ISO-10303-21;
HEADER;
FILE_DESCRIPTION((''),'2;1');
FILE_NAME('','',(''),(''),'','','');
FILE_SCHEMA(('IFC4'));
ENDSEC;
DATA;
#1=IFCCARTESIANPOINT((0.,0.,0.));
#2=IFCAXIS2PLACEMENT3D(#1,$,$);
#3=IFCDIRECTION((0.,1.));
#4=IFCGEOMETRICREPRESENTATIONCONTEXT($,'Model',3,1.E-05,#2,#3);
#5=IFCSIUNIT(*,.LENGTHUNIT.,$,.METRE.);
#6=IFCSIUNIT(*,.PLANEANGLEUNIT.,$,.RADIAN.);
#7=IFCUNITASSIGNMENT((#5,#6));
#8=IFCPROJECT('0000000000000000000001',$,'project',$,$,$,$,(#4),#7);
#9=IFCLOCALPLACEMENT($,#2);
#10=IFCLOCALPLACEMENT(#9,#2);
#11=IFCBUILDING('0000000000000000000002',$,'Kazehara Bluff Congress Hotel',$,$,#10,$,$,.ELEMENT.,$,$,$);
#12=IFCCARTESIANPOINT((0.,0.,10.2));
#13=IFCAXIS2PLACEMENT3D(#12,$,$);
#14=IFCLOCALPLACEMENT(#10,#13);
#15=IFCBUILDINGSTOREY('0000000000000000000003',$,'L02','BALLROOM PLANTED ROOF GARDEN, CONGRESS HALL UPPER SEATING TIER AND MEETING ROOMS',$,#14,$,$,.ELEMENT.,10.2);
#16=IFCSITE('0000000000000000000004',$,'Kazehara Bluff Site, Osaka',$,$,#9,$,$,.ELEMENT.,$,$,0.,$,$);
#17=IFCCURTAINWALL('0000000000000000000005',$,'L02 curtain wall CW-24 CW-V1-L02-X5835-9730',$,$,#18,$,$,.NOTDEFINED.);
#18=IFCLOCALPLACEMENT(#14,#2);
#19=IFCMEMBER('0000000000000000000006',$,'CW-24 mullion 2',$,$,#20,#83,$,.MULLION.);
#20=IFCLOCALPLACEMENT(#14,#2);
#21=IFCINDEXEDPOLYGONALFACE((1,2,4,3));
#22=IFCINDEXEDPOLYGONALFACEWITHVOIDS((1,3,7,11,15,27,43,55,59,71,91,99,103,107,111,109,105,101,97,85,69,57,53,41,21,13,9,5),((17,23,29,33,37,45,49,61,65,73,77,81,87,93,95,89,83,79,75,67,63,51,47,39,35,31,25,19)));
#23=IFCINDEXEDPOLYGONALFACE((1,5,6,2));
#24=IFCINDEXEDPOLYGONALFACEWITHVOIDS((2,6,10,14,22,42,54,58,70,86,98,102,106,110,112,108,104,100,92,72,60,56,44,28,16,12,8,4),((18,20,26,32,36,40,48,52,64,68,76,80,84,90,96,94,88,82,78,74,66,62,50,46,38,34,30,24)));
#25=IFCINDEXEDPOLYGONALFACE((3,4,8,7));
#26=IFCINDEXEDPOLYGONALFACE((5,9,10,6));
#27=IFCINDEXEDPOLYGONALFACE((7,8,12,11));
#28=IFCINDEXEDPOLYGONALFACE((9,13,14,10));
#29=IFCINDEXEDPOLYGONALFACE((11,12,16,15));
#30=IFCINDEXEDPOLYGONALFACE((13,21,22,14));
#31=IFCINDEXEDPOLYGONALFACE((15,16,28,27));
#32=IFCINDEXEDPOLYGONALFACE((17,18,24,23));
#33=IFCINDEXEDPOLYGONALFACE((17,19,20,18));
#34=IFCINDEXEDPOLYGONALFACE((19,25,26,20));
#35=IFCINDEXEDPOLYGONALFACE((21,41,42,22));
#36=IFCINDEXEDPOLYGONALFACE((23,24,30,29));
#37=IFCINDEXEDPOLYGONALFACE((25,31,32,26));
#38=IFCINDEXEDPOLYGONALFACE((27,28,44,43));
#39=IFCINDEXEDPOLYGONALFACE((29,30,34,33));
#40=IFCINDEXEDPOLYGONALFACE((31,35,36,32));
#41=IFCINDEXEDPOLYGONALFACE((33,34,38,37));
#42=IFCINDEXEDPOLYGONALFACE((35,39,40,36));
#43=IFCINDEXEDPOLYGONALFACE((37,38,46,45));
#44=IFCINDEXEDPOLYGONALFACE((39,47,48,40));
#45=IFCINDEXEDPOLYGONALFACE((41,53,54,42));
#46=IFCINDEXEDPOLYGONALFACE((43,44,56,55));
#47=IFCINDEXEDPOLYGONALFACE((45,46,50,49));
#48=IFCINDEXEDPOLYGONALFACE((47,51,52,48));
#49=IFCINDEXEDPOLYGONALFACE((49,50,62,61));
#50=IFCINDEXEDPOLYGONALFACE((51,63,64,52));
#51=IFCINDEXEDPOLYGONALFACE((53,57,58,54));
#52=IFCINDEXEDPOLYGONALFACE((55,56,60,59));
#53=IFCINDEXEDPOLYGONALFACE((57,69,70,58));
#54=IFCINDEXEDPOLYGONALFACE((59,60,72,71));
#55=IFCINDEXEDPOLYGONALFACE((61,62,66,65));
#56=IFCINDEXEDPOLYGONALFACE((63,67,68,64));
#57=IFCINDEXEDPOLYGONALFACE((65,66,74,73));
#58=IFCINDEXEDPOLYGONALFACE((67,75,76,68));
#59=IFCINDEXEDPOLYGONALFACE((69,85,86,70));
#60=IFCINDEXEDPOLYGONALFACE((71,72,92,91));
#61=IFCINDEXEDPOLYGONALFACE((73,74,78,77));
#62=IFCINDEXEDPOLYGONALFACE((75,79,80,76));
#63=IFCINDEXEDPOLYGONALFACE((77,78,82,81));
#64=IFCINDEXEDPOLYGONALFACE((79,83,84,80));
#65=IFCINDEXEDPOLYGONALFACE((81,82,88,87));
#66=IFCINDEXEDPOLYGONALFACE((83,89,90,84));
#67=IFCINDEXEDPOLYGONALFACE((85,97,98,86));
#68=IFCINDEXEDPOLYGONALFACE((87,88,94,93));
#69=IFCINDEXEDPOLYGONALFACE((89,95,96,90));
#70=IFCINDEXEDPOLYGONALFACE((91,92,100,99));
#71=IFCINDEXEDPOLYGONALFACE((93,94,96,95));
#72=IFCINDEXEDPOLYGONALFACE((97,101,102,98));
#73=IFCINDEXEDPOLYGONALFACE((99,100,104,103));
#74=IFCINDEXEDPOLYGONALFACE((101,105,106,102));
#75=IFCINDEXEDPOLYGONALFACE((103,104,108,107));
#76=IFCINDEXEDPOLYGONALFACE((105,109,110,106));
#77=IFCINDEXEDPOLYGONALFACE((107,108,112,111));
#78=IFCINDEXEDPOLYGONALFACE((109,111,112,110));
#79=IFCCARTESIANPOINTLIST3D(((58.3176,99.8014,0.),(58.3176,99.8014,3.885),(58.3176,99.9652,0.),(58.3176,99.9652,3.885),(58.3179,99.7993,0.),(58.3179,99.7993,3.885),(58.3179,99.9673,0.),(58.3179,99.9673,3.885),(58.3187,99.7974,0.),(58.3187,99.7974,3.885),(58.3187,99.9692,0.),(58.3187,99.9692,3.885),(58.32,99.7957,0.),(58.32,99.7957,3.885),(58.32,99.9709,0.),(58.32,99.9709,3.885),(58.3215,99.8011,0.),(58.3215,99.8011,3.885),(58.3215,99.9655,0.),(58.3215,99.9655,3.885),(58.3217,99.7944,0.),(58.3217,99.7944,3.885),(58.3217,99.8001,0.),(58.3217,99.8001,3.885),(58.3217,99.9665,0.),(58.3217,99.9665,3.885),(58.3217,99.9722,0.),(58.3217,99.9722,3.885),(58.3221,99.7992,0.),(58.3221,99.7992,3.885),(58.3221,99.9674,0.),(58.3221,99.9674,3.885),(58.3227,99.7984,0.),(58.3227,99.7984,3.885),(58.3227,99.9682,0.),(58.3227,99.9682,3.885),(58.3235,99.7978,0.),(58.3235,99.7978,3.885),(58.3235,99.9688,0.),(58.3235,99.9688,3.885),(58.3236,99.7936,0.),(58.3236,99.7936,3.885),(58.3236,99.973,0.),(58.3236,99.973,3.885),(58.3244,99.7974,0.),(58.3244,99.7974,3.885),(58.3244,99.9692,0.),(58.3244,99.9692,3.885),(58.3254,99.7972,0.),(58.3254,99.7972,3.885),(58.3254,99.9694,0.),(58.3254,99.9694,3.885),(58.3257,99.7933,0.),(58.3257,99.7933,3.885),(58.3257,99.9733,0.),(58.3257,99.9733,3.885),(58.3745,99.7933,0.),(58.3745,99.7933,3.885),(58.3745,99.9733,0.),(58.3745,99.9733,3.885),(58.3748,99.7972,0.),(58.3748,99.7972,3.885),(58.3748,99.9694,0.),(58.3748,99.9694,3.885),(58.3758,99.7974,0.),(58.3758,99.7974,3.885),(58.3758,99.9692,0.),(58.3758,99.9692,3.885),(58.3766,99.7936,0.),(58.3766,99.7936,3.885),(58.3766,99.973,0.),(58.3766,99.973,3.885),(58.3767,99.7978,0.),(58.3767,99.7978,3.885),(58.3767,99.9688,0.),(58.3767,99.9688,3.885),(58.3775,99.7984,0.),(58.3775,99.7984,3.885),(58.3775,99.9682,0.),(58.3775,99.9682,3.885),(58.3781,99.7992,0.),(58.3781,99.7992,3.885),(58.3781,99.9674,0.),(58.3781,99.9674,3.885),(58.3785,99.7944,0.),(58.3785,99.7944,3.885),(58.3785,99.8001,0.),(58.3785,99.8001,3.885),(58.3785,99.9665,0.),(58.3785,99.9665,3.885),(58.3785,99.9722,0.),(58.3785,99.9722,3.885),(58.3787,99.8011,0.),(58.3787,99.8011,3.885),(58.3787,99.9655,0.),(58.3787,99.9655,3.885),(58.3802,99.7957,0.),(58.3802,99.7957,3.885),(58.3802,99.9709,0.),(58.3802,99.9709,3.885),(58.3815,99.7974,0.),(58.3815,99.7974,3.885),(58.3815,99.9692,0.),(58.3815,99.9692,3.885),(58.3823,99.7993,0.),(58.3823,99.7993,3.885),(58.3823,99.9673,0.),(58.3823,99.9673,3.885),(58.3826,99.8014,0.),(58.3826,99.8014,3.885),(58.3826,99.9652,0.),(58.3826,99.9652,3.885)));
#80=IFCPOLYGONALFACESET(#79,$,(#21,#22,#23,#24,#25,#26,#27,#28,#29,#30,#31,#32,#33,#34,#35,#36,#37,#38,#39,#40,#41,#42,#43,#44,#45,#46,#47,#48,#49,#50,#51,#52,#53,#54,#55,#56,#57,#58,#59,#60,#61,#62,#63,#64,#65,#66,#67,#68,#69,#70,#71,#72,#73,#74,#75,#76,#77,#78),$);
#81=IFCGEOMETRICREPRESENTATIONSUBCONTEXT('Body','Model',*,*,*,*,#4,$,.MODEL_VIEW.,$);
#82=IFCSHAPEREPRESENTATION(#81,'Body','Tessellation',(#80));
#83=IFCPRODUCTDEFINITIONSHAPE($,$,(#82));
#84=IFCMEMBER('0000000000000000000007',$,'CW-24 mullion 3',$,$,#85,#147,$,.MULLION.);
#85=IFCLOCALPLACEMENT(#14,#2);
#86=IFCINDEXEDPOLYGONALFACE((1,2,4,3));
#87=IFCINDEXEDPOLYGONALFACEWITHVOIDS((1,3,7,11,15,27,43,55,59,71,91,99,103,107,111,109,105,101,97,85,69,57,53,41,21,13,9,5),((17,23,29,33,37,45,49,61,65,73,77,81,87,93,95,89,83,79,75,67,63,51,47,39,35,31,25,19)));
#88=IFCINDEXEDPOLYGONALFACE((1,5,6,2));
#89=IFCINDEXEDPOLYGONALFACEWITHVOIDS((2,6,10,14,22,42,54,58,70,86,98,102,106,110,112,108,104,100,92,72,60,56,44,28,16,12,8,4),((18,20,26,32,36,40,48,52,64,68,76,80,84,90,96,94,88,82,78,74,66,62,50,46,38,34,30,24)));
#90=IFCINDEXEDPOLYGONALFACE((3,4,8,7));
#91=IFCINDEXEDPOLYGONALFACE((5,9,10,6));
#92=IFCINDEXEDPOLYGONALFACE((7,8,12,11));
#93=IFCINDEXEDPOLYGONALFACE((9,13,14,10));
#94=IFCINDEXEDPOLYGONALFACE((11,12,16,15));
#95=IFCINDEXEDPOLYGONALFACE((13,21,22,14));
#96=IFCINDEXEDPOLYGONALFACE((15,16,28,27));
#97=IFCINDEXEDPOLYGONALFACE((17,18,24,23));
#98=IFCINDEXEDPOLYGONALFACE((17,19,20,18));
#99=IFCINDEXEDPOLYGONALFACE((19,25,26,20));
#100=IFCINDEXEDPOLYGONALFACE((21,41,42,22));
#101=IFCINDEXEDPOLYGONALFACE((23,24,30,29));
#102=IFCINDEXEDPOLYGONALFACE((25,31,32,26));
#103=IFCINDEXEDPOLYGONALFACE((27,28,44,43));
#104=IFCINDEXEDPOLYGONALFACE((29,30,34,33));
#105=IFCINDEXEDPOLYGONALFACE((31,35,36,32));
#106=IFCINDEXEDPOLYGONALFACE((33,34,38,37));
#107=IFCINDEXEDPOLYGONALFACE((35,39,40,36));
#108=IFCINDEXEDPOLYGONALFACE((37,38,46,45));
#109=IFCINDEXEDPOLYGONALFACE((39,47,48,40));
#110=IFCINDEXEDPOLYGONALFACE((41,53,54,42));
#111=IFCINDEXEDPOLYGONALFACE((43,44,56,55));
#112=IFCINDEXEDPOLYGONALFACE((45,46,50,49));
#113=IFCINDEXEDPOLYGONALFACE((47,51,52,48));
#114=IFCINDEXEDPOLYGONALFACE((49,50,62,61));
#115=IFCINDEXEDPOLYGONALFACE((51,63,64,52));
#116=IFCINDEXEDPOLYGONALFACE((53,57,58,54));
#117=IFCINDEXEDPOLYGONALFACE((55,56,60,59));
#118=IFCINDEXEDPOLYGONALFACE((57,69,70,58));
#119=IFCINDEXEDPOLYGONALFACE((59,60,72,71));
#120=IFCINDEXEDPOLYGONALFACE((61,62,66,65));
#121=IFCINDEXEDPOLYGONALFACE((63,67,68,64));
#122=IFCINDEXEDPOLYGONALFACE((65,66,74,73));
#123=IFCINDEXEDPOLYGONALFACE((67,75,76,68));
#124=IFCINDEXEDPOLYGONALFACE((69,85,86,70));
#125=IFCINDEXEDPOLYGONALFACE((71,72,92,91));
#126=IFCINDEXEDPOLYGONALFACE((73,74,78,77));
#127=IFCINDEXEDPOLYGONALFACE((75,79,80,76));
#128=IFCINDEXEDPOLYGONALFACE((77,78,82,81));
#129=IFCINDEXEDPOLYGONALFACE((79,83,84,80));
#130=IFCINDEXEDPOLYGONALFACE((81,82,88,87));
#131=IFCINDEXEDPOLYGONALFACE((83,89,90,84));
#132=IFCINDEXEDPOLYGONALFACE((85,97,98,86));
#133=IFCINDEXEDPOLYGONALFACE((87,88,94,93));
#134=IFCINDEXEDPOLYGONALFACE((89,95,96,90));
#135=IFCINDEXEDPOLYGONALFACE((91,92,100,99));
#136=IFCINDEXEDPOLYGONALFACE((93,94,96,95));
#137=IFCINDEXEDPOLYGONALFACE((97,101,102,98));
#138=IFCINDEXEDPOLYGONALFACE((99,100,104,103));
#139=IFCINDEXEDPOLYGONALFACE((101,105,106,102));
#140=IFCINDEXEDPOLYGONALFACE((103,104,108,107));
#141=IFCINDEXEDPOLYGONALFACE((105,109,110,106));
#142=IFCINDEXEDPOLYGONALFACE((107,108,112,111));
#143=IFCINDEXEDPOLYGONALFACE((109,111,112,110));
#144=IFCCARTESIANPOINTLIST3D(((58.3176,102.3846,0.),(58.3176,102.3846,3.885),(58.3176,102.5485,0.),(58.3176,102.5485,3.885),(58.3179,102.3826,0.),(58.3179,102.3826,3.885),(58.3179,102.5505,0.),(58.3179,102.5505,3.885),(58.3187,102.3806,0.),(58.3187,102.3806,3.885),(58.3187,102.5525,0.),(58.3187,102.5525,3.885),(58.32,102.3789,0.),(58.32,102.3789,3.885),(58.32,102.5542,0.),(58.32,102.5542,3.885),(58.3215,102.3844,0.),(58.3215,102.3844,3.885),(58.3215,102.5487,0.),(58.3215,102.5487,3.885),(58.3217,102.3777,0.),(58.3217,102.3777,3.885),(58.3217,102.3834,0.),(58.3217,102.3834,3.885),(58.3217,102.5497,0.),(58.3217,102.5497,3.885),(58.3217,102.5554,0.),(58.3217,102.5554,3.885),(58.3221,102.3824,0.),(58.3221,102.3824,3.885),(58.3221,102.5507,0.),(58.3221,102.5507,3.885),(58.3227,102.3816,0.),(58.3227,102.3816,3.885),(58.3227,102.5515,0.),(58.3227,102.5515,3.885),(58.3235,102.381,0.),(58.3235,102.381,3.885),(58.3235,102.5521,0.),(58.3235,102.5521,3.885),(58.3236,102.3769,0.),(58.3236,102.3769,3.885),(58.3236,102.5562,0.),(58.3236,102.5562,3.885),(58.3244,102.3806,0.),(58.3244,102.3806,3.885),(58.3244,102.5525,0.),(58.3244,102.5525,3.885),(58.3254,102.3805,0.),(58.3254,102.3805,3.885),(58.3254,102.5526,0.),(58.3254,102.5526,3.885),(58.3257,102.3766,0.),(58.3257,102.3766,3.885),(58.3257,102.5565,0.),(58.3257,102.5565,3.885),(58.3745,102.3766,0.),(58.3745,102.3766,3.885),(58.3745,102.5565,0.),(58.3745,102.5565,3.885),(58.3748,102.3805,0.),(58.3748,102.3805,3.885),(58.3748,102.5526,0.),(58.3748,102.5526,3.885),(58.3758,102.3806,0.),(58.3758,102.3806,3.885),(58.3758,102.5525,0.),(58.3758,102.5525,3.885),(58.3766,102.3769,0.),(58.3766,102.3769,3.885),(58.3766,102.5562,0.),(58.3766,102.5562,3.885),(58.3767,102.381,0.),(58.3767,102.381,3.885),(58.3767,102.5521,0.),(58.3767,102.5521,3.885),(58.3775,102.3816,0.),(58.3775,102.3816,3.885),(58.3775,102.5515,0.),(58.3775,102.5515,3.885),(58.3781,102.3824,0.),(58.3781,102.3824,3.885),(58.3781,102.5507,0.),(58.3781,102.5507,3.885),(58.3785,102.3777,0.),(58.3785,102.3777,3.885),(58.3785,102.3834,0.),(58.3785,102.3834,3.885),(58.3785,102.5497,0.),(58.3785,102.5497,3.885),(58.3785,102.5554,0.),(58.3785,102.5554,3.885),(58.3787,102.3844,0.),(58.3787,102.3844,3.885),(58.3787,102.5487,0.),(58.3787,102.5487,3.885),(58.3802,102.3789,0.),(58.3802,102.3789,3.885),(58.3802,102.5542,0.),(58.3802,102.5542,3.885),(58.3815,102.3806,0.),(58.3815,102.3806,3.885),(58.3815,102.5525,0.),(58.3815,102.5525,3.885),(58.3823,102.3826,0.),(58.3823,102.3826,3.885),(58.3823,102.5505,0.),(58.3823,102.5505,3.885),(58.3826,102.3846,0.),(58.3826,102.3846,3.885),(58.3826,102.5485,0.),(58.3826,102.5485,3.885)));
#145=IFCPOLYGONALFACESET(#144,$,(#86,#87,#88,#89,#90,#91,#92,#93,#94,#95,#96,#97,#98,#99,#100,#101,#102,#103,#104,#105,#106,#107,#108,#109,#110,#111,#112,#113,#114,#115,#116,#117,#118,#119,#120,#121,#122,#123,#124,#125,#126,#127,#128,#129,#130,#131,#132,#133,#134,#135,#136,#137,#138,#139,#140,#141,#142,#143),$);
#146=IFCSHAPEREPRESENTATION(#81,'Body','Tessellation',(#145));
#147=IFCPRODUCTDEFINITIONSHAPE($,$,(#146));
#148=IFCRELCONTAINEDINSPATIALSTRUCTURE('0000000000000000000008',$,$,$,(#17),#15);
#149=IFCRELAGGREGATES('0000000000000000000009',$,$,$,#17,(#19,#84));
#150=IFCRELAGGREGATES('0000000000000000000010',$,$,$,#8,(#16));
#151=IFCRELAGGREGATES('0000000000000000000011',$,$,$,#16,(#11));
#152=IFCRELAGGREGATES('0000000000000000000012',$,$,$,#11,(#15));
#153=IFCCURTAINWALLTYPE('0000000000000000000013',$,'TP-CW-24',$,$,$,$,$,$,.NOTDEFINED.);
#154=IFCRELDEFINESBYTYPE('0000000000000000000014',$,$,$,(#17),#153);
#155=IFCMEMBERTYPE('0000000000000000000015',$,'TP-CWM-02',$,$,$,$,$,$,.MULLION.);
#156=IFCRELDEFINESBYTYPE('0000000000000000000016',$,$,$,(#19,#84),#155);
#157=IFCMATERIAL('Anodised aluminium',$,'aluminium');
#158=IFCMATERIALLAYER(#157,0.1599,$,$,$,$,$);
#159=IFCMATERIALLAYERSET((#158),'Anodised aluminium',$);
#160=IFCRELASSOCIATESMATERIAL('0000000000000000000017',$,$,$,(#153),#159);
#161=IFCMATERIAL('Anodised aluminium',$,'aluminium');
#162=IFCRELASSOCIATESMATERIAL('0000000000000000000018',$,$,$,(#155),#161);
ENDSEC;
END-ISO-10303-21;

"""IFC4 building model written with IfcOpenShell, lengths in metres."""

from ifc_helpers import new_model, si_unit, direction, frame, origin, origin_2d, place, context, subcontext, project, spatial, hollow_rectangle, extrude, material, layer, layer_set, material_profile, profile_set, type_object, element, aggregate, save


model = new_model("IFC4")

# Units and contexts
model_context = context("Model", 3, precision=1e-05, world=origin(), true_north=direction((0.0, 1.0)))
body_context = subcontext(model_context, "Body", "Model", "MODEL_VIEW")
ifc_project = project(units=[si_unit("LENGTHUNIT", "METRE"), si_unit("PLANEANGLEUNIT", "RADIAN")], contexts=[model_context])

# Site, building, storey
site_placement = place(None, origin())
site = spatial("IfcSite", under=ifc_project, at=site_placement, Name="Kazehara Bluff Site, Osaka", CompositionType="ELEMENT", RefElevation=0.0)
building_placement = place(site_placement, origin())
building = spatial("IfcBuilding", under=site, at=building_placement, Name="Kazehara Bluff Congress Hotel", CompositionType="ELEMENT")
storey_placement = place(building_placement, frame((0.0, 0.0, 10.2)))
storey = spatial("IfcBuildingStorey", under=building, at=storey_placement, Name="L02", Description="BALLROOM PLANTED ROOF GARDEN, CONGRESS HALL UPPER SEATING TIER AND MEETING ROOMS", CompositionType="ELEMENT", Elevation=10.2)

# Curtain wall, members
ifc_material_1 = material(Name="Anodised aluminium", Category="aluminium")
ifc_layer_1 = layer(ifc_material_1, 0.1599)
ifc_layer_set_1 = layer_set([ifc_layer_1], Name="Anodised aluminium")
curtain_wall_type_1 = type_object("IfcCurtainWallType", Name="TP-CW-24", PredefinedType="NOTDEFINED", material=ifc_layer_set_1)
curtain_wall_1_placement = place(storey_placement, origin())
curtain_wall_1 = element("IfcCurtainWall", 1, at=curtain_wall_1_placement, inside=storey, type_object=curtain_wall_type_1, Name="L02 curtain wall CW-24 CW-V1-L02-X5835-9730", PredefinedType="NOTDEFINED")
ifc_material_2 = material(Name="Anodised aluminium", Category="aluminium")
ifc_material_profile_1 = material_profile(ifc_material_2, hollow_rectangle(XDim=0.0649, YDim=0.1799, WallThickness=0.0039, InnerFilletRadius=0.0039, OuterFilletRadius=0.0081, at=origin_2d()))
ifc_profile_set_1 = profile_set([ifc_material_profile_1], Name="Anodised aluminium")
member_type_1 = type_object("IfcMemberType", Name="TP-CWM-02", PredefinedType="MULLION", material=ifc_profile_set_1)
member_1_placement = place(storey_placement, frame((58.3501, 99.8833, 0.0), z_axis=(0.0, 0.0, 1.0), x_axis=(-1.0, 0.0, 0.0)))
member_1 = element("IfcMember", 2, at=member_1_placement, type_object=member_type_1, Name="CW-24 mullion 2", PredefinedType="MULLION", context=body_context, shape_type="SweptSolid", body=[
    extrude(hollow_rectangle(XDim=0.0649, YDim=0.1799, WallThickness=0.0039, InnerFilletRadius=0.0039, OuterFilletRadius=0.0081, at=origin_2d()), origin(), (0.0, 0.0, 1.0), 3.885),
])
member_2_placement = place(storey_placement, frame((58.3501, 102.4666, 0.0), z_axis=(0.0, 0.0, 1.0), x_axis=(-1.0, 0.0, 0.0)))
member_2 = element("IfcMember", 3, at=member_2_placement, type_object=member_type_1, Name="CW-24 mullion 3", PredefinedType="MULLION", context=body_context, shape_type="SweptSolid", body=[
    extrude(hollow_rectangle(XDim=0.0649, YDim=0.1799, WallThickness=0.0039, InnerFilletRadius=0.0039, OuterFilletRadius=0.0081, at=origin_2d()), origin(), (0.0, 0.0, 1.0), 3.885),
])

aggregate(curtain_wall_1, [member_1, member_2])

save(model, "model.ifc")
